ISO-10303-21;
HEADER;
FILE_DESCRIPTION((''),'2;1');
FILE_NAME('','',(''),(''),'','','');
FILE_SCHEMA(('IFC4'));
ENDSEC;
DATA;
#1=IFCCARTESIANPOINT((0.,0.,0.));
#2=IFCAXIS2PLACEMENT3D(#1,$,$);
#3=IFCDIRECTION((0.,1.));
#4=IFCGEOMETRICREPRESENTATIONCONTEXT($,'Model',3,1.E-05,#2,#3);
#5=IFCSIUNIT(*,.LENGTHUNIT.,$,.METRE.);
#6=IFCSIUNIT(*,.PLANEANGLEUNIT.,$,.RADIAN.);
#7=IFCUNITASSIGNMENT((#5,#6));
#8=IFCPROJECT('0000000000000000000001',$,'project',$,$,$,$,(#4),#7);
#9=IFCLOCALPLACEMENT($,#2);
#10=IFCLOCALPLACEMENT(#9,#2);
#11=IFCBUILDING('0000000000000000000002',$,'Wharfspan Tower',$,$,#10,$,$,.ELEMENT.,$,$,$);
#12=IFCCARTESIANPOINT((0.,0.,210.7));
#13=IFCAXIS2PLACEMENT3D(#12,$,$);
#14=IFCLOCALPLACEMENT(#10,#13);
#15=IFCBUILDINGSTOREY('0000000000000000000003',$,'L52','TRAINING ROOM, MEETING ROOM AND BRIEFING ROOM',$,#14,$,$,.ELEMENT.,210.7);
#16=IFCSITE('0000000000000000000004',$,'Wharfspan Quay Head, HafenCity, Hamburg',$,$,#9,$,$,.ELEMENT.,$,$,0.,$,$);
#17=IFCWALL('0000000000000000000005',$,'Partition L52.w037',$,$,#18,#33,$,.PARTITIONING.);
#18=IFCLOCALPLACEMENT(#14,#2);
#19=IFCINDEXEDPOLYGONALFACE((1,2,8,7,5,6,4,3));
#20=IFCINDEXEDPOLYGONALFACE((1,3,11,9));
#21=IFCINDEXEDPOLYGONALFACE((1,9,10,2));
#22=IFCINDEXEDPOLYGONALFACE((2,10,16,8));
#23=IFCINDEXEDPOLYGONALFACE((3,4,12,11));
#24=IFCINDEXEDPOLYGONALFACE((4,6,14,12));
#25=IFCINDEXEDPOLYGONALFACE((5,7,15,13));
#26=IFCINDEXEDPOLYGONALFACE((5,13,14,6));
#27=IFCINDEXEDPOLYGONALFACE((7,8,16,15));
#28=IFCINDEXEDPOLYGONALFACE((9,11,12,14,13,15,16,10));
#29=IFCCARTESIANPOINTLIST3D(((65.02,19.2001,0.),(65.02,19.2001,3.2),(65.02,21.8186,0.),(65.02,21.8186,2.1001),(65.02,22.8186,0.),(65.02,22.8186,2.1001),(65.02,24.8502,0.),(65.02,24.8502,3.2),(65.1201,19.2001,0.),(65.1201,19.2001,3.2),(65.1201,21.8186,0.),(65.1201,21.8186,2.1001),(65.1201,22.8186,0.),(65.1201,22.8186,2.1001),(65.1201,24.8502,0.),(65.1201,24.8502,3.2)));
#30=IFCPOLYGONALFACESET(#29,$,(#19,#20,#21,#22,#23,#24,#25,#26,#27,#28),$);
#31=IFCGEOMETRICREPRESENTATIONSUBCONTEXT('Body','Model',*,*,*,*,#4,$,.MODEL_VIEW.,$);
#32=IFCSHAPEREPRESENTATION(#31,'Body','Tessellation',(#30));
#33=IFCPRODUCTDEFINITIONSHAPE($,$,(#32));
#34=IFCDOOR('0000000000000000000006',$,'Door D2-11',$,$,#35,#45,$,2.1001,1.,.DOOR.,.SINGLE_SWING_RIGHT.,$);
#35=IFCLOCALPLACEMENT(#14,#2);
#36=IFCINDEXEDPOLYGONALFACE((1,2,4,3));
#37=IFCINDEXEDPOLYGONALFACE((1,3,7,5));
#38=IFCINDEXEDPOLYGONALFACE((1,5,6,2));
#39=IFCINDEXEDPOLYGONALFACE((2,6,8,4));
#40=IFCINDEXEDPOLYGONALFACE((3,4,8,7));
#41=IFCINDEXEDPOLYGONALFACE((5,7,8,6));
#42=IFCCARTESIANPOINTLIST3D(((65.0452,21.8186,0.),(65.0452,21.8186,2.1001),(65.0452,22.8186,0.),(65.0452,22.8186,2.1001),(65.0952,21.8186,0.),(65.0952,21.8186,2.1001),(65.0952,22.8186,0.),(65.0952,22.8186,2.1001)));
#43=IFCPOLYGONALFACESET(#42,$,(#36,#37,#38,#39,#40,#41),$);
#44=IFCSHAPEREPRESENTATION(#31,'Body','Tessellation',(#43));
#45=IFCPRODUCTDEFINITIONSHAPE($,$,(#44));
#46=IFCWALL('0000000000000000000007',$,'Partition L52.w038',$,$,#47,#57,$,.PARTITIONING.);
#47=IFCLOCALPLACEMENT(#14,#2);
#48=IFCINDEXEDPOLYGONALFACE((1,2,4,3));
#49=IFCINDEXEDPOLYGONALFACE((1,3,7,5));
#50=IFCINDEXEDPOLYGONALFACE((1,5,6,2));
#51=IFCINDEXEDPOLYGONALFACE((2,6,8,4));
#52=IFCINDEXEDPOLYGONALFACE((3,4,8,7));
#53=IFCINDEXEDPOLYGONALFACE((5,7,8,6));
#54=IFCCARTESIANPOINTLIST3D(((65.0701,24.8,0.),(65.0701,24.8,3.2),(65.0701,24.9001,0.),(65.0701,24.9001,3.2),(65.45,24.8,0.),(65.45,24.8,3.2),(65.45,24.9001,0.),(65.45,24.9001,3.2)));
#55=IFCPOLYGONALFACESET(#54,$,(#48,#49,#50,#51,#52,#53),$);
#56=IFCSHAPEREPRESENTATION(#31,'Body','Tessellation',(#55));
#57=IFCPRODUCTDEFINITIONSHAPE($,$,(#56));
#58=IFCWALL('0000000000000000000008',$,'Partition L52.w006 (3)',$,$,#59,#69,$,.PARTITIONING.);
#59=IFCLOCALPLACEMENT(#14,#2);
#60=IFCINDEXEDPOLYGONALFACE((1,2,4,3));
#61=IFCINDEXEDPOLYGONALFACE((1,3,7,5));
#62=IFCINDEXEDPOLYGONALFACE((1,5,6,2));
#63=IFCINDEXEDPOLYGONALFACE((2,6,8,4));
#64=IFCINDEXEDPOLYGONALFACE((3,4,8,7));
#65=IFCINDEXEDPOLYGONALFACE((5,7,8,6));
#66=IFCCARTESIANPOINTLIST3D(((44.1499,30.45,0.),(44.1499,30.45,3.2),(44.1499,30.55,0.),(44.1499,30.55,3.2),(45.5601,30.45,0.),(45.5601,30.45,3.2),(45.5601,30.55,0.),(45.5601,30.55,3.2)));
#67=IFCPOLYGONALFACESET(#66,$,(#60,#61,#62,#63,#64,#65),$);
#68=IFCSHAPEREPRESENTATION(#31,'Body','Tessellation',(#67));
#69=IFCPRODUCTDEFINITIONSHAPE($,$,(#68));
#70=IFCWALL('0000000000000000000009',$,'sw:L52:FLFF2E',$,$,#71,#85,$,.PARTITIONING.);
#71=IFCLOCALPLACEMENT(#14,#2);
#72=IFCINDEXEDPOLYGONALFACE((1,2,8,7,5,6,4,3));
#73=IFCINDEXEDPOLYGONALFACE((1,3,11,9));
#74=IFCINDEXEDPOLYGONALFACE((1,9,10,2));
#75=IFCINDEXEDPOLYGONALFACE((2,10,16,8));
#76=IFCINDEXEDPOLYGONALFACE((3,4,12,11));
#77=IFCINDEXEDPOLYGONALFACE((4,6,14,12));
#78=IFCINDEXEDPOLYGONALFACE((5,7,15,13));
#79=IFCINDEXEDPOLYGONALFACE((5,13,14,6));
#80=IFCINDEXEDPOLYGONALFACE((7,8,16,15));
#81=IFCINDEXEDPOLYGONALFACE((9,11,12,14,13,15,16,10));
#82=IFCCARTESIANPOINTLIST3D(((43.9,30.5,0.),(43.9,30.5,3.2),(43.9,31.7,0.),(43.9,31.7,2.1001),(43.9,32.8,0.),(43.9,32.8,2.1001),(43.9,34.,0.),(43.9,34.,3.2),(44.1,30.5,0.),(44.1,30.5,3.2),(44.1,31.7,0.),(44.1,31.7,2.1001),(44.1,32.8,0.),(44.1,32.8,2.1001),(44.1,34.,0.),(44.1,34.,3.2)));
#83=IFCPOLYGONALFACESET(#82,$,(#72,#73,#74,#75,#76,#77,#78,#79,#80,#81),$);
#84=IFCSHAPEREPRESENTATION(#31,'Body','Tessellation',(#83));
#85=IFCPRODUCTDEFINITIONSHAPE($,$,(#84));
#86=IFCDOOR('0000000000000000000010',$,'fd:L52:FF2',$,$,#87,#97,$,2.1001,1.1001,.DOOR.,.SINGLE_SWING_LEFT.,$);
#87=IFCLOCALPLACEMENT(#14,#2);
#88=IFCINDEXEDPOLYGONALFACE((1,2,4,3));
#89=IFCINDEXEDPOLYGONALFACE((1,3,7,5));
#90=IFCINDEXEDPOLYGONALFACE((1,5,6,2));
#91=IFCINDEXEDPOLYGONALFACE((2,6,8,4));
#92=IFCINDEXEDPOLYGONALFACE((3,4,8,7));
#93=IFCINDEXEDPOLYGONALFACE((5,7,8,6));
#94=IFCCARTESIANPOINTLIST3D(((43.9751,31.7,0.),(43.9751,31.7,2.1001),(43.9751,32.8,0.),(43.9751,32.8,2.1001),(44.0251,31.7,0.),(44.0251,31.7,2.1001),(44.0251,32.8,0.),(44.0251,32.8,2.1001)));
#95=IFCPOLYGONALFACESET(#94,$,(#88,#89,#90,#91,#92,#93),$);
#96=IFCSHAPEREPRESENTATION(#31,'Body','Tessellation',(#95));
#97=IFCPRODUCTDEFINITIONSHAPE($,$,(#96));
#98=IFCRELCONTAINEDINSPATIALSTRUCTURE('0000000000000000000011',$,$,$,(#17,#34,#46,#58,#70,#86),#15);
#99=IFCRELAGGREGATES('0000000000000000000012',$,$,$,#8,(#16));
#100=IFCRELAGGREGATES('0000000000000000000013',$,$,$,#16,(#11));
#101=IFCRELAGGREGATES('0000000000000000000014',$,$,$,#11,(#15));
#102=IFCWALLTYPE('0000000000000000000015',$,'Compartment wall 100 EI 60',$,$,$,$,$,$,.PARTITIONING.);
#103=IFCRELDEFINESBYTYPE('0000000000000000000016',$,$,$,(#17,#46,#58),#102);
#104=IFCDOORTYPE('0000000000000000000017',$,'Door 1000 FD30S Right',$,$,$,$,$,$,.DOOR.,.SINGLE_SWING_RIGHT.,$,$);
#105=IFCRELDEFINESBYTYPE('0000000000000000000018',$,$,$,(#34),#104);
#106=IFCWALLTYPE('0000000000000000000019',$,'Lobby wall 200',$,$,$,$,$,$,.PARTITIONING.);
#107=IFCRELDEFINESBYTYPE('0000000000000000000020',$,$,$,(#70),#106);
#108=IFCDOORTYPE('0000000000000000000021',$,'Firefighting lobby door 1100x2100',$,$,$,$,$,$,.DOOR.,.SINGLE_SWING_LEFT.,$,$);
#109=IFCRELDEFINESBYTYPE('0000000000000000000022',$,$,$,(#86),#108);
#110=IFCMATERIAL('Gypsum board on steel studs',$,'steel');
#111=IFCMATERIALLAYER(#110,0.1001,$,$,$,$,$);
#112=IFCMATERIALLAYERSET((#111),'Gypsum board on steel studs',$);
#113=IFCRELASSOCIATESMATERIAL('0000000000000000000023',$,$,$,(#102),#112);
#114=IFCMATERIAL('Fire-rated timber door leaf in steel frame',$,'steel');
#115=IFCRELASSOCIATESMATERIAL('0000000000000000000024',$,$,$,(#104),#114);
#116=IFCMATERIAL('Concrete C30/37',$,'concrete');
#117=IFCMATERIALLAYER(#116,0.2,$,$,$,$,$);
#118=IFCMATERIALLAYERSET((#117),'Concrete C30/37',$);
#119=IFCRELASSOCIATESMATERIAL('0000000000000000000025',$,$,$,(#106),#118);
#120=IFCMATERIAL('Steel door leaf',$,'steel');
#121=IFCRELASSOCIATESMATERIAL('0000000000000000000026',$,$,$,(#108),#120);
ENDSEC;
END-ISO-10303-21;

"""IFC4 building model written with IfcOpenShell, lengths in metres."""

from ifc_helpers import new_model, si_unit, direction, frame, frame_2d, origin, place, context, subcontext, project, spatial, rectangle, extrude, material, layer, layer_set, type_object, element, fill, save


model = new_model("IFC4")

# Units and contexts
model_context = context("Model", 3, precision=1e-05, world=origin(), true_north=direction((0.0, 1.0)))
body_context = subcontext(model_context, "Body", "Model", "MODEL_VIEW")
ifc_project = project(units=[si_unit("LENGTHUNIT", "METRE"), si_unit("PLANEANGLEUNIT", "RADIAN")], contexts=[model_context])

# Site, building, storey
site_placement = place(None, origin())
site = spatial("IfcSite", under=ifc_project, at=site_placement, Name="Wharfspan Quay Head, HafenCity, Hamburg", CompositionType="ELEMENT", RefElevation=0.0)
building_placement = place(site_placement, origin())
building = spatial("IfcBuilding", under=site, at=building_placement, Name="Wharfspan Tower", CompositionType="ELEMENT")
storey_placement = place(building_placement, frame((0.0, 0.0, 210.7)))
storey = spatial("IfcBuildingStorey", under=building, at=storey_placement, Name="L52", Description="TRAINING ROOM, MEETING ROOM AND BRIEFING ROOM", CompositionType="ELEMENT", Elevation=210.7)

# Shared definitions
ifc_material_1 = material(Name="Gypsum board on steel studs", Category="steel")
ifc_layer_1 = layer(ifc_material_1, 0.1001)
ifc_layer_set_1 = layer_set([ifc_layer_1], Name="Gypsum board on steel studs")
wall_type_1 = type_object("IfcWallType", Name="Compartment wall 100 EI 60", PredefinedType="PARTITIONING", material=ifc_layer_set_1)
ifc_material_2 = material(Name="Fire-rated timber door leaf in steel frame", Category="steel")
door_type_1 = type_object("IfcDoorType", Name="Door 1000 FD30S Right", OperationType="SINGLE_SWING_RIGHT", PredefinedType="DOOR", material=ifc_material_2)

# Wall, opening, door
wall_1_placement = place(storey_placement, frame((65.0701, 19.2, 0.0), z_axis=(0.0, 0.0, 1.0), x_axis=(0.0, 1.0, 0.0)))
wall_1 = element("IfcWall", 1, at=wall_1_placement, inside=storey, type_object=wall_type_1, Name="Partition L52.w037", PredefinedType="PARTITIONING", context=body_context, shape_type="SweptSolid", body=[
    extrude(rectangle(XDim=5.6501, YDim=0.1001, at=frame_2d((2.8252, 0.0))), origin(), (0.0, 0.0, 1.0), 3.2),
])
opening_1_placement = place(wall_1_placement, frame((2.6187, 0.0, 0.0)))
opening_1 = element("IfcOpeningElement", 2, at=opening_1_placement, cuts=wall_1, PredefinedType="OPENING", context=body_context, shape_type="SweptSolid", body=[
    extrude(rectangle(XDim=1.0, YDim=2.1001, at=frame_2d((0.5, 1.05))), frame((0.0, 0.0601, 0.0), z_axis=(0.0, -1.0, 0.0), x_axis=(1.0, 0.0, 0.0)), (0.0, 0.0, 1.0), 0.1201),
])
door_1_placement = place(opening_1_placement, origin())
door_1 = element("IfcDoor", 3, at=door_1_placement, inside=storey, type_object=door_type_1, Name="Door D2-11", OperationType="SINGLE_SWING_RIGHT", OverallHeight=2.1001, OverallWidth=1.0, PredefinedType="DOOR", context=body_context, shape_type="SweptSolid", body=[
    extrude(rectangle(XDim=1.0, YDim=2.1001, at=frame_2d((0.5, 1.05))), frame((0.0, 0.0249, 0.0), z_axis=(0.0, -1.0, 0.0), x_axis=(1.0, 0.0, 0.0)), (0.0, 0.0, 1.0), 0.05),
])
fill(opening_1, door_1)

# Walls
wall_2_placement = place(storey_placement, frame((65.0701, 24.8501, 0.0), z_axis=(0.0, 0.0, 1.0), x_axis=(1.0, 0.0, 0.0)))
element("IfcWall", 4, at=wall_2_placement, inside=storey, type_object=wall_type_1, Name="Partition L52.w038", PredefinedType="PARTITIONING", context=body_context, shape_type="SweptSolid", body=[
    extrude(rectangle(XDim=0.3799, YDim=0.1001, at=frame_2d((0.1899, 0.0))), origin(), (0.0, 0.0, 1.0), 3.2),
])
wall_3_placement = place(storey_placement, frame((44.1499, 30.5, 0.0), z_axis=(0.0, 0.0, 1.0), x_axis=(1.0, 0.0, 0.0)))
element("IfcWall", 5, at=wall_3_placement, inside=storey, type_object=wall_type_1, Name="Partition L52.w006 (3)", PredefinedType="PARTITIONING", context=body_context, shape_type="SweptSolid", body=[
    extrude(rectangle(XDim=1.4102, YDim=0.1001, at=frame_2d((0.7051, 0.0))), origin(), (0.0, 0.0, 1.0), 3.2),
])

# Wall, opening, door
ifc_material_3 = material(Name="Concrete C30/37", Category="concrete")
ifc_layer_2 = layer(ifc_material_3, 0.2)
ifc_layer_set_2 = layer_set([ifc_layer_2], Name="Concrete C30/37")
wall_type_2 = type_object("IfcWallType", Name="Lobby wall 200", PredefinedType="PARTITIONING", material=ifc_layer_set_2)
wall_4_placement = place(storey_placement, frame((44.0, 30.5, 0.0), z_axis=(0.0, 0.0, 1.0), x_axis=(0.0, 1.0, 0.0)))
wall_4 = element("IfcWall", 6, at=wall_4_placement, inside=storey, type_object=wall_type_2, Name="sw:L52:FLFF2E", PredefinedType="PARTITIONING", context=body_context, shape_type="SweptSolid", body=[
    extrude(rectangle(XDim=3.5, YDim=0.2, at=frame_2d((1.75, 0.0))), origin(), (0.0, 0.0, 1.0), 3.2),
])
opening_2_placement = place(wall_4_placement, frame((1.2, 0.0, 0.0)))
opening_2 = element("IfcOpeningElement", 7, at=opening_2_placement, cuts=wall_4, PredefinedType="OPENING", context=body_context, shape_type="SweptSolid", body=[
    extrude(rectangle(XDim=1.1001, YDim=2.1001, at=frame_2d((0.55, 1.05))), frame((0.0, 0.1099, 0.0), z_axis=(0.0, -1.0, 0.0), x_axis=(1.0, 0.0, 0.0)), (0.0, 0.0, 1.0), 0.22),
])
ifc_material_4 = material(Name="Steel door leaf", Category="steel")
door_type_2 = type_object("IfcDoorType", Name="Firefighting lobby door 1100x2100", OperationType="SINGLE_SWING_LEFT", PredefinedType="DOOR", material=ifc_material_4)
door_2_placement = place(opening_2_placement, origin())
door_2 = element("IfcDoor", 8, at=door_2_placement, inside=storey, type_object=door_type_2, Name="fd:L52:FF2", OperationType="SINGLE_SWING_LEFT", OverallHeight=2.1001, OverallWidth=1.1001, PredefinedType="DOOR", context=body_context, shape_type="SweptSolid", body=[
    extrude(rectangle(XDim=1.1001, YDim=2.1001, at=frame_2d((0.55, 1.05))), frame((0.0, 0.0249, 0.0), z_axis=(0.0, -1.0, 0.0), x_axis=(1.0, 0.0, 0.0)), (0.0, 0.0, 1.0), 0.05),
])
fill(opening_2, door_2)

save(model, "model.ifc")
